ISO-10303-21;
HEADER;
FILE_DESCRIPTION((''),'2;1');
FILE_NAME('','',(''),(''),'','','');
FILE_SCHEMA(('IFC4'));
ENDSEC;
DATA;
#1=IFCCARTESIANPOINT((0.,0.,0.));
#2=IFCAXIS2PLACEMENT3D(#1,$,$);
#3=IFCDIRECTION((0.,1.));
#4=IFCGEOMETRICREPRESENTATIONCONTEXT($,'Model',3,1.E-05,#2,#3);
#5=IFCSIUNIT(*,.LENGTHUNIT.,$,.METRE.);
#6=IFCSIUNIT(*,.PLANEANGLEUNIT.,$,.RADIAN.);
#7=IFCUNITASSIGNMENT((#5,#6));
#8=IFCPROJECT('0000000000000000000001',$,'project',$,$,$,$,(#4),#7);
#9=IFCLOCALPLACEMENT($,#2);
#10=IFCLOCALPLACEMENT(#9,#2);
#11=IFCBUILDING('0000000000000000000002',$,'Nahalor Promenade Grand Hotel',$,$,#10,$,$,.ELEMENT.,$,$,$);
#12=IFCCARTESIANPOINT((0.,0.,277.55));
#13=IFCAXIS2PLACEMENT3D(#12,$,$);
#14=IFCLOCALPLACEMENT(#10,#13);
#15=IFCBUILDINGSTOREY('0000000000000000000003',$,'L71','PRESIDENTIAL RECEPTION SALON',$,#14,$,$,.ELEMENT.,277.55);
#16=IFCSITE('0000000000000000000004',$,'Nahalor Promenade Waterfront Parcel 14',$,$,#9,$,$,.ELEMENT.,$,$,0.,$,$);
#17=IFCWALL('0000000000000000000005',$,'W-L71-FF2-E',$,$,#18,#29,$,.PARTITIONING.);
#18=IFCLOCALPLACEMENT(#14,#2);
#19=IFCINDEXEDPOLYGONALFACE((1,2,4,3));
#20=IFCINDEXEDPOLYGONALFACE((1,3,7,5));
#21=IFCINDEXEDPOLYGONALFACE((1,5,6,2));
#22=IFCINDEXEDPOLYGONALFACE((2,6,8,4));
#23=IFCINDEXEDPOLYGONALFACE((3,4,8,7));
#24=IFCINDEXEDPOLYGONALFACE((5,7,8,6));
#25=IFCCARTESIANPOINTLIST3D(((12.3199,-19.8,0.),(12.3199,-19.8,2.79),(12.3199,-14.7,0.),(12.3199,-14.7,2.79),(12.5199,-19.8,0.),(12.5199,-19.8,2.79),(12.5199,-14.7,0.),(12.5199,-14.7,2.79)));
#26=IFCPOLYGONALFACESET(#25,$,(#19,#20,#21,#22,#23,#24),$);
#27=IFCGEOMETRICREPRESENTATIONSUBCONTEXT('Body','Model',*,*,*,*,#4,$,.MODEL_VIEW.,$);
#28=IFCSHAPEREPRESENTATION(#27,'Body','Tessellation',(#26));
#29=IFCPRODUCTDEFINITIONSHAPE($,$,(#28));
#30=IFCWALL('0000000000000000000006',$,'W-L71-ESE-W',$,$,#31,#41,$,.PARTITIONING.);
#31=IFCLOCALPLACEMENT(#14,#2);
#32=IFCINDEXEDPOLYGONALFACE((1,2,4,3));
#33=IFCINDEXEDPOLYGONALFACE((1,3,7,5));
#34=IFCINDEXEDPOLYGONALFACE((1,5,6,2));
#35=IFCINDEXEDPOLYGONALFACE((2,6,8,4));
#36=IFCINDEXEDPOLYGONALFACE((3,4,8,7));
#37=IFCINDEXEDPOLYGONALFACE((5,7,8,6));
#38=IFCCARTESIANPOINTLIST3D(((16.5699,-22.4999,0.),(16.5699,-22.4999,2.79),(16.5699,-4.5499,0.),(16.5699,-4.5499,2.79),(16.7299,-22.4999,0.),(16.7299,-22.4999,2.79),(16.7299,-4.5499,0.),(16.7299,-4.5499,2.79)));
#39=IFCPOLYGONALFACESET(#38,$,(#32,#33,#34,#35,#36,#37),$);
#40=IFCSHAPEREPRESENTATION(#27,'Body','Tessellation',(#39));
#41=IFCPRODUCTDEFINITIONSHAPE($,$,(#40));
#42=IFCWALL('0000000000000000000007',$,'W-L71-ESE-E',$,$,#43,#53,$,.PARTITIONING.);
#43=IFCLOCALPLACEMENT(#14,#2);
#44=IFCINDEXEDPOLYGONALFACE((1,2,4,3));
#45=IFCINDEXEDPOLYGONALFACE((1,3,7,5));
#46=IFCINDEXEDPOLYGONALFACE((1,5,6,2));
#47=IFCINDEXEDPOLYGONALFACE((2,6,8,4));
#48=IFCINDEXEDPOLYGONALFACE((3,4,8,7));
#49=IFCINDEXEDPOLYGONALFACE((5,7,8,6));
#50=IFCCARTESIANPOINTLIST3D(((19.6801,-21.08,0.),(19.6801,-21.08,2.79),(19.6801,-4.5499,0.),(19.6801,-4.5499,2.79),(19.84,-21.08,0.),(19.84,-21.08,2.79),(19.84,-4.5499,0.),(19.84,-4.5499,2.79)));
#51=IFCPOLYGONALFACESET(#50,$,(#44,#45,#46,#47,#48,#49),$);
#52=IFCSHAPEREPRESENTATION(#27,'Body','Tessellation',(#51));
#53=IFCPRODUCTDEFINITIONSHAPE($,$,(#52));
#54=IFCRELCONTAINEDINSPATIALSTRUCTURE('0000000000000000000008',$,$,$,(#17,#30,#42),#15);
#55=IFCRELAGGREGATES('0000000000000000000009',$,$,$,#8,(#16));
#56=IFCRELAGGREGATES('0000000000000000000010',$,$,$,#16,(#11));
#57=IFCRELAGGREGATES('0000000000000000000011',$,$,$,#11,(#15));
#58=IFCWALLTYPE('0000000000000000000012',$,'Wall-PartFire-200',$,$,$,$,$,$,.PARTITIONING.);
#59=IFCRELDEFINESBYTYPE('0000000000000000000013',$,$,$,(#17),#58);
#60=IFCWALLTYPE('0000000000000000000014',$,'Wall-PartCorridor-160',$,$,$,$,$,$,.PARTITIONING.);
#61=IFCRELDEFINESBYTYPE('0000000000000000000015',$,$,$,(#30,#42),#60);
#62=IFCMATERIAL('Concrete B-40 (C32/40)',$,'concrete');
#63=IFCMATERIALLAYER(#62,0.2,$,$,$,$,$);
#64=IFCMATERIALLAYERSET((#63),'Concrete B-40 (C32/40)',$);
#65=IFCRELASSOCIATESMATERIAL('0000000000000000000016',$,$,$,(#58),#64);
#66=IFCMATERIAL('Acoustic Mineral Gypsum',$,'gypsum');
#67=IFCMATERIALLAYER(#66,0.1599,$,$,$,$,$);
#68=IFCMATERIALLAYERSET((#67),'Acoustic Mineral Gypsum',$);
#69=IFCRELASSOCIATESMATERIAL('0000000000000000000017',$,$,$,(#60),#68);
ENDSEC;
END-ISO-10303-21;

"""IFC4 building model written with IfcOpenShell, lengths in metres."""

from ifc_helpers import new_model, si_unit, direction, frame, frame_2d, origin, place, context, subcontext, project, spatial, rectangle, extrude, source, transform, mapped, material, layer, layer_set, type_object, element, save


model = new_model("IFC4")

# Units and contexts
model_context = context("Model", 3, precision=1e-05, world=origin(), true_north=direction((0.0, 1.0)))
body_context = subcontext(model_context, "Body", "Model", "MODEL_VIEW")
ifc_project = project(units=[si_unit("LENGTHUNIT", "METRE"), si_unit("PLANEANGLEUNIT", "RADIAN")], contexts=[model_context])

# Site, building, storey
site_placement = place(None, origin())
site = spatial("IfcSite", under=ifc_project, at=site_placement, Name="Nahalor Promenade Waterfront Parcel 14", CompositionType="ELEMENT", RefElevation=0.0)
building_placement = place(site_placement, origin())
building = spatial("IfcBuilding", under=site, at=building_placement, Name="Nahalor Promenade Grand Hotel", CompositionType="ELEMENT")
storey_placement = place(building_placement, frame((0.0, 0.0, 277.55)))
storey = spatial("IfcBuildingStorey", under=building, at=storey_placement, Name="L71", Description="PRESIDENTIAL RECEPTION SALON", CompositionType="ELEMENT", Elevation=277.55)

# Walls
ifc_material_1 = material(Name="Concrete B-40 (C32/40)", Category="concrete")
ifc_layer_1 = layer(ifc_material_1, 0.2)
ifc_layer_set_1 = layer_set([ifc_layer_1], Name="Concrete B-40 (C32/40)")
wall_type_1 = type_object("IfcWallType", Name="Wall-PartFire-200", PredefinedType="PARTITIONING", material=ifc_layer_set_1)
shared_shape_1 = source(origin(), body_context, "Body", "SweptSolid", [
    extrude(rectangle(XDim=5.1001, YDim=0.2, at=frame_2d((2.55, 0.0))), origin(), (0.0, 0.0, 1.0), 2.79),
])
wall_1_placement = place(storey_placement, frame((12.4199, -19.8, 0.0), z_axis=(0.0, 0.0, 1.0), x_axis=(0.0, 1.0, 0.0)))
element("IfcWall", 1, at=wall_1_placement, inside=storey, type_object=wall_type_1, Name="W-L71-FF2-E", PredefinedType="PARTITIONING", context=body_context, shape_type="MappedRepresentation", body=[
    mapped(shared_shape_1, transform((0.0, 0.0, 0.0), scale=1.0)),
])
ifc_material_2 = material(Name="Acoustic Mineral Gypsum", Category="gypsum")
ifc_layer_2 = layer(ifc_material_2, 0.1599)
ifc_layer_set_2 = layer_set([ifc_layer_2], Name="Acoustic Mineral Gypsum")
wall_type_2 = type_object("IfcWallType", Name="Wall-PartCorridor-160", PredefinedType="PARTITIONING", material=ifc_layer_set_2)
shared_shape_2 = source(origin(), body_context, "Body", "SweptSolid", [
    extrude(rectangle(XDim=17.95, YDim=0.1599, at=frame_2d((8.9751, 0.0))), origin(), (0.0, 0.0, 1.0), 2.79),
])
wall_2_placement = place(storey_placement, frame((16.6499, -22.5, 0.0), z_axis=(0.0, 0.0, 1.0), x_axis=(0.0, 1.0, 0.0)))
element("IfcWall", 2, at=wall_2_placement, inside=storey, type_object=wall_type_2, Name="W-L71-ESE-W", PredefinedType="PARTITIONING", context=body_context, shape_type="MappedRepresentation", body=[
    mapped(shared_shape_2, transform((0.0, 0.0, 0.0), scale=1.0)),
])
shared_shape_3 = source(origin(), body_context, "Body", "SweptSolid", [
    extrude(rectangle(XDim=16.53, YDim=0.1599, at=frame_2d((8.2651, 0.0))), origin(), (0.0, 0.0, 1.0), 2.79),
])
wall_3_placement = place(storey_placement, frame((19.76, -21.0801, 0.0), z_axis=(0.0, 0.0, 1.0), x_axis=(0.0, 1.0, 0.0)))
element("IfcWall", 3, at=wall_3_placement, inside=storey, type_object=wall_type_2, Name="W-L71-ESE-E", PredefinedType="PARTITIONING", context=body_context, shape_type="MappedRepresentation", body=[
    mapped(shared_shape_3, transform((0.0, 0.0, 0.0), scale=1.0)),
])

save(model, "model.ifc")
